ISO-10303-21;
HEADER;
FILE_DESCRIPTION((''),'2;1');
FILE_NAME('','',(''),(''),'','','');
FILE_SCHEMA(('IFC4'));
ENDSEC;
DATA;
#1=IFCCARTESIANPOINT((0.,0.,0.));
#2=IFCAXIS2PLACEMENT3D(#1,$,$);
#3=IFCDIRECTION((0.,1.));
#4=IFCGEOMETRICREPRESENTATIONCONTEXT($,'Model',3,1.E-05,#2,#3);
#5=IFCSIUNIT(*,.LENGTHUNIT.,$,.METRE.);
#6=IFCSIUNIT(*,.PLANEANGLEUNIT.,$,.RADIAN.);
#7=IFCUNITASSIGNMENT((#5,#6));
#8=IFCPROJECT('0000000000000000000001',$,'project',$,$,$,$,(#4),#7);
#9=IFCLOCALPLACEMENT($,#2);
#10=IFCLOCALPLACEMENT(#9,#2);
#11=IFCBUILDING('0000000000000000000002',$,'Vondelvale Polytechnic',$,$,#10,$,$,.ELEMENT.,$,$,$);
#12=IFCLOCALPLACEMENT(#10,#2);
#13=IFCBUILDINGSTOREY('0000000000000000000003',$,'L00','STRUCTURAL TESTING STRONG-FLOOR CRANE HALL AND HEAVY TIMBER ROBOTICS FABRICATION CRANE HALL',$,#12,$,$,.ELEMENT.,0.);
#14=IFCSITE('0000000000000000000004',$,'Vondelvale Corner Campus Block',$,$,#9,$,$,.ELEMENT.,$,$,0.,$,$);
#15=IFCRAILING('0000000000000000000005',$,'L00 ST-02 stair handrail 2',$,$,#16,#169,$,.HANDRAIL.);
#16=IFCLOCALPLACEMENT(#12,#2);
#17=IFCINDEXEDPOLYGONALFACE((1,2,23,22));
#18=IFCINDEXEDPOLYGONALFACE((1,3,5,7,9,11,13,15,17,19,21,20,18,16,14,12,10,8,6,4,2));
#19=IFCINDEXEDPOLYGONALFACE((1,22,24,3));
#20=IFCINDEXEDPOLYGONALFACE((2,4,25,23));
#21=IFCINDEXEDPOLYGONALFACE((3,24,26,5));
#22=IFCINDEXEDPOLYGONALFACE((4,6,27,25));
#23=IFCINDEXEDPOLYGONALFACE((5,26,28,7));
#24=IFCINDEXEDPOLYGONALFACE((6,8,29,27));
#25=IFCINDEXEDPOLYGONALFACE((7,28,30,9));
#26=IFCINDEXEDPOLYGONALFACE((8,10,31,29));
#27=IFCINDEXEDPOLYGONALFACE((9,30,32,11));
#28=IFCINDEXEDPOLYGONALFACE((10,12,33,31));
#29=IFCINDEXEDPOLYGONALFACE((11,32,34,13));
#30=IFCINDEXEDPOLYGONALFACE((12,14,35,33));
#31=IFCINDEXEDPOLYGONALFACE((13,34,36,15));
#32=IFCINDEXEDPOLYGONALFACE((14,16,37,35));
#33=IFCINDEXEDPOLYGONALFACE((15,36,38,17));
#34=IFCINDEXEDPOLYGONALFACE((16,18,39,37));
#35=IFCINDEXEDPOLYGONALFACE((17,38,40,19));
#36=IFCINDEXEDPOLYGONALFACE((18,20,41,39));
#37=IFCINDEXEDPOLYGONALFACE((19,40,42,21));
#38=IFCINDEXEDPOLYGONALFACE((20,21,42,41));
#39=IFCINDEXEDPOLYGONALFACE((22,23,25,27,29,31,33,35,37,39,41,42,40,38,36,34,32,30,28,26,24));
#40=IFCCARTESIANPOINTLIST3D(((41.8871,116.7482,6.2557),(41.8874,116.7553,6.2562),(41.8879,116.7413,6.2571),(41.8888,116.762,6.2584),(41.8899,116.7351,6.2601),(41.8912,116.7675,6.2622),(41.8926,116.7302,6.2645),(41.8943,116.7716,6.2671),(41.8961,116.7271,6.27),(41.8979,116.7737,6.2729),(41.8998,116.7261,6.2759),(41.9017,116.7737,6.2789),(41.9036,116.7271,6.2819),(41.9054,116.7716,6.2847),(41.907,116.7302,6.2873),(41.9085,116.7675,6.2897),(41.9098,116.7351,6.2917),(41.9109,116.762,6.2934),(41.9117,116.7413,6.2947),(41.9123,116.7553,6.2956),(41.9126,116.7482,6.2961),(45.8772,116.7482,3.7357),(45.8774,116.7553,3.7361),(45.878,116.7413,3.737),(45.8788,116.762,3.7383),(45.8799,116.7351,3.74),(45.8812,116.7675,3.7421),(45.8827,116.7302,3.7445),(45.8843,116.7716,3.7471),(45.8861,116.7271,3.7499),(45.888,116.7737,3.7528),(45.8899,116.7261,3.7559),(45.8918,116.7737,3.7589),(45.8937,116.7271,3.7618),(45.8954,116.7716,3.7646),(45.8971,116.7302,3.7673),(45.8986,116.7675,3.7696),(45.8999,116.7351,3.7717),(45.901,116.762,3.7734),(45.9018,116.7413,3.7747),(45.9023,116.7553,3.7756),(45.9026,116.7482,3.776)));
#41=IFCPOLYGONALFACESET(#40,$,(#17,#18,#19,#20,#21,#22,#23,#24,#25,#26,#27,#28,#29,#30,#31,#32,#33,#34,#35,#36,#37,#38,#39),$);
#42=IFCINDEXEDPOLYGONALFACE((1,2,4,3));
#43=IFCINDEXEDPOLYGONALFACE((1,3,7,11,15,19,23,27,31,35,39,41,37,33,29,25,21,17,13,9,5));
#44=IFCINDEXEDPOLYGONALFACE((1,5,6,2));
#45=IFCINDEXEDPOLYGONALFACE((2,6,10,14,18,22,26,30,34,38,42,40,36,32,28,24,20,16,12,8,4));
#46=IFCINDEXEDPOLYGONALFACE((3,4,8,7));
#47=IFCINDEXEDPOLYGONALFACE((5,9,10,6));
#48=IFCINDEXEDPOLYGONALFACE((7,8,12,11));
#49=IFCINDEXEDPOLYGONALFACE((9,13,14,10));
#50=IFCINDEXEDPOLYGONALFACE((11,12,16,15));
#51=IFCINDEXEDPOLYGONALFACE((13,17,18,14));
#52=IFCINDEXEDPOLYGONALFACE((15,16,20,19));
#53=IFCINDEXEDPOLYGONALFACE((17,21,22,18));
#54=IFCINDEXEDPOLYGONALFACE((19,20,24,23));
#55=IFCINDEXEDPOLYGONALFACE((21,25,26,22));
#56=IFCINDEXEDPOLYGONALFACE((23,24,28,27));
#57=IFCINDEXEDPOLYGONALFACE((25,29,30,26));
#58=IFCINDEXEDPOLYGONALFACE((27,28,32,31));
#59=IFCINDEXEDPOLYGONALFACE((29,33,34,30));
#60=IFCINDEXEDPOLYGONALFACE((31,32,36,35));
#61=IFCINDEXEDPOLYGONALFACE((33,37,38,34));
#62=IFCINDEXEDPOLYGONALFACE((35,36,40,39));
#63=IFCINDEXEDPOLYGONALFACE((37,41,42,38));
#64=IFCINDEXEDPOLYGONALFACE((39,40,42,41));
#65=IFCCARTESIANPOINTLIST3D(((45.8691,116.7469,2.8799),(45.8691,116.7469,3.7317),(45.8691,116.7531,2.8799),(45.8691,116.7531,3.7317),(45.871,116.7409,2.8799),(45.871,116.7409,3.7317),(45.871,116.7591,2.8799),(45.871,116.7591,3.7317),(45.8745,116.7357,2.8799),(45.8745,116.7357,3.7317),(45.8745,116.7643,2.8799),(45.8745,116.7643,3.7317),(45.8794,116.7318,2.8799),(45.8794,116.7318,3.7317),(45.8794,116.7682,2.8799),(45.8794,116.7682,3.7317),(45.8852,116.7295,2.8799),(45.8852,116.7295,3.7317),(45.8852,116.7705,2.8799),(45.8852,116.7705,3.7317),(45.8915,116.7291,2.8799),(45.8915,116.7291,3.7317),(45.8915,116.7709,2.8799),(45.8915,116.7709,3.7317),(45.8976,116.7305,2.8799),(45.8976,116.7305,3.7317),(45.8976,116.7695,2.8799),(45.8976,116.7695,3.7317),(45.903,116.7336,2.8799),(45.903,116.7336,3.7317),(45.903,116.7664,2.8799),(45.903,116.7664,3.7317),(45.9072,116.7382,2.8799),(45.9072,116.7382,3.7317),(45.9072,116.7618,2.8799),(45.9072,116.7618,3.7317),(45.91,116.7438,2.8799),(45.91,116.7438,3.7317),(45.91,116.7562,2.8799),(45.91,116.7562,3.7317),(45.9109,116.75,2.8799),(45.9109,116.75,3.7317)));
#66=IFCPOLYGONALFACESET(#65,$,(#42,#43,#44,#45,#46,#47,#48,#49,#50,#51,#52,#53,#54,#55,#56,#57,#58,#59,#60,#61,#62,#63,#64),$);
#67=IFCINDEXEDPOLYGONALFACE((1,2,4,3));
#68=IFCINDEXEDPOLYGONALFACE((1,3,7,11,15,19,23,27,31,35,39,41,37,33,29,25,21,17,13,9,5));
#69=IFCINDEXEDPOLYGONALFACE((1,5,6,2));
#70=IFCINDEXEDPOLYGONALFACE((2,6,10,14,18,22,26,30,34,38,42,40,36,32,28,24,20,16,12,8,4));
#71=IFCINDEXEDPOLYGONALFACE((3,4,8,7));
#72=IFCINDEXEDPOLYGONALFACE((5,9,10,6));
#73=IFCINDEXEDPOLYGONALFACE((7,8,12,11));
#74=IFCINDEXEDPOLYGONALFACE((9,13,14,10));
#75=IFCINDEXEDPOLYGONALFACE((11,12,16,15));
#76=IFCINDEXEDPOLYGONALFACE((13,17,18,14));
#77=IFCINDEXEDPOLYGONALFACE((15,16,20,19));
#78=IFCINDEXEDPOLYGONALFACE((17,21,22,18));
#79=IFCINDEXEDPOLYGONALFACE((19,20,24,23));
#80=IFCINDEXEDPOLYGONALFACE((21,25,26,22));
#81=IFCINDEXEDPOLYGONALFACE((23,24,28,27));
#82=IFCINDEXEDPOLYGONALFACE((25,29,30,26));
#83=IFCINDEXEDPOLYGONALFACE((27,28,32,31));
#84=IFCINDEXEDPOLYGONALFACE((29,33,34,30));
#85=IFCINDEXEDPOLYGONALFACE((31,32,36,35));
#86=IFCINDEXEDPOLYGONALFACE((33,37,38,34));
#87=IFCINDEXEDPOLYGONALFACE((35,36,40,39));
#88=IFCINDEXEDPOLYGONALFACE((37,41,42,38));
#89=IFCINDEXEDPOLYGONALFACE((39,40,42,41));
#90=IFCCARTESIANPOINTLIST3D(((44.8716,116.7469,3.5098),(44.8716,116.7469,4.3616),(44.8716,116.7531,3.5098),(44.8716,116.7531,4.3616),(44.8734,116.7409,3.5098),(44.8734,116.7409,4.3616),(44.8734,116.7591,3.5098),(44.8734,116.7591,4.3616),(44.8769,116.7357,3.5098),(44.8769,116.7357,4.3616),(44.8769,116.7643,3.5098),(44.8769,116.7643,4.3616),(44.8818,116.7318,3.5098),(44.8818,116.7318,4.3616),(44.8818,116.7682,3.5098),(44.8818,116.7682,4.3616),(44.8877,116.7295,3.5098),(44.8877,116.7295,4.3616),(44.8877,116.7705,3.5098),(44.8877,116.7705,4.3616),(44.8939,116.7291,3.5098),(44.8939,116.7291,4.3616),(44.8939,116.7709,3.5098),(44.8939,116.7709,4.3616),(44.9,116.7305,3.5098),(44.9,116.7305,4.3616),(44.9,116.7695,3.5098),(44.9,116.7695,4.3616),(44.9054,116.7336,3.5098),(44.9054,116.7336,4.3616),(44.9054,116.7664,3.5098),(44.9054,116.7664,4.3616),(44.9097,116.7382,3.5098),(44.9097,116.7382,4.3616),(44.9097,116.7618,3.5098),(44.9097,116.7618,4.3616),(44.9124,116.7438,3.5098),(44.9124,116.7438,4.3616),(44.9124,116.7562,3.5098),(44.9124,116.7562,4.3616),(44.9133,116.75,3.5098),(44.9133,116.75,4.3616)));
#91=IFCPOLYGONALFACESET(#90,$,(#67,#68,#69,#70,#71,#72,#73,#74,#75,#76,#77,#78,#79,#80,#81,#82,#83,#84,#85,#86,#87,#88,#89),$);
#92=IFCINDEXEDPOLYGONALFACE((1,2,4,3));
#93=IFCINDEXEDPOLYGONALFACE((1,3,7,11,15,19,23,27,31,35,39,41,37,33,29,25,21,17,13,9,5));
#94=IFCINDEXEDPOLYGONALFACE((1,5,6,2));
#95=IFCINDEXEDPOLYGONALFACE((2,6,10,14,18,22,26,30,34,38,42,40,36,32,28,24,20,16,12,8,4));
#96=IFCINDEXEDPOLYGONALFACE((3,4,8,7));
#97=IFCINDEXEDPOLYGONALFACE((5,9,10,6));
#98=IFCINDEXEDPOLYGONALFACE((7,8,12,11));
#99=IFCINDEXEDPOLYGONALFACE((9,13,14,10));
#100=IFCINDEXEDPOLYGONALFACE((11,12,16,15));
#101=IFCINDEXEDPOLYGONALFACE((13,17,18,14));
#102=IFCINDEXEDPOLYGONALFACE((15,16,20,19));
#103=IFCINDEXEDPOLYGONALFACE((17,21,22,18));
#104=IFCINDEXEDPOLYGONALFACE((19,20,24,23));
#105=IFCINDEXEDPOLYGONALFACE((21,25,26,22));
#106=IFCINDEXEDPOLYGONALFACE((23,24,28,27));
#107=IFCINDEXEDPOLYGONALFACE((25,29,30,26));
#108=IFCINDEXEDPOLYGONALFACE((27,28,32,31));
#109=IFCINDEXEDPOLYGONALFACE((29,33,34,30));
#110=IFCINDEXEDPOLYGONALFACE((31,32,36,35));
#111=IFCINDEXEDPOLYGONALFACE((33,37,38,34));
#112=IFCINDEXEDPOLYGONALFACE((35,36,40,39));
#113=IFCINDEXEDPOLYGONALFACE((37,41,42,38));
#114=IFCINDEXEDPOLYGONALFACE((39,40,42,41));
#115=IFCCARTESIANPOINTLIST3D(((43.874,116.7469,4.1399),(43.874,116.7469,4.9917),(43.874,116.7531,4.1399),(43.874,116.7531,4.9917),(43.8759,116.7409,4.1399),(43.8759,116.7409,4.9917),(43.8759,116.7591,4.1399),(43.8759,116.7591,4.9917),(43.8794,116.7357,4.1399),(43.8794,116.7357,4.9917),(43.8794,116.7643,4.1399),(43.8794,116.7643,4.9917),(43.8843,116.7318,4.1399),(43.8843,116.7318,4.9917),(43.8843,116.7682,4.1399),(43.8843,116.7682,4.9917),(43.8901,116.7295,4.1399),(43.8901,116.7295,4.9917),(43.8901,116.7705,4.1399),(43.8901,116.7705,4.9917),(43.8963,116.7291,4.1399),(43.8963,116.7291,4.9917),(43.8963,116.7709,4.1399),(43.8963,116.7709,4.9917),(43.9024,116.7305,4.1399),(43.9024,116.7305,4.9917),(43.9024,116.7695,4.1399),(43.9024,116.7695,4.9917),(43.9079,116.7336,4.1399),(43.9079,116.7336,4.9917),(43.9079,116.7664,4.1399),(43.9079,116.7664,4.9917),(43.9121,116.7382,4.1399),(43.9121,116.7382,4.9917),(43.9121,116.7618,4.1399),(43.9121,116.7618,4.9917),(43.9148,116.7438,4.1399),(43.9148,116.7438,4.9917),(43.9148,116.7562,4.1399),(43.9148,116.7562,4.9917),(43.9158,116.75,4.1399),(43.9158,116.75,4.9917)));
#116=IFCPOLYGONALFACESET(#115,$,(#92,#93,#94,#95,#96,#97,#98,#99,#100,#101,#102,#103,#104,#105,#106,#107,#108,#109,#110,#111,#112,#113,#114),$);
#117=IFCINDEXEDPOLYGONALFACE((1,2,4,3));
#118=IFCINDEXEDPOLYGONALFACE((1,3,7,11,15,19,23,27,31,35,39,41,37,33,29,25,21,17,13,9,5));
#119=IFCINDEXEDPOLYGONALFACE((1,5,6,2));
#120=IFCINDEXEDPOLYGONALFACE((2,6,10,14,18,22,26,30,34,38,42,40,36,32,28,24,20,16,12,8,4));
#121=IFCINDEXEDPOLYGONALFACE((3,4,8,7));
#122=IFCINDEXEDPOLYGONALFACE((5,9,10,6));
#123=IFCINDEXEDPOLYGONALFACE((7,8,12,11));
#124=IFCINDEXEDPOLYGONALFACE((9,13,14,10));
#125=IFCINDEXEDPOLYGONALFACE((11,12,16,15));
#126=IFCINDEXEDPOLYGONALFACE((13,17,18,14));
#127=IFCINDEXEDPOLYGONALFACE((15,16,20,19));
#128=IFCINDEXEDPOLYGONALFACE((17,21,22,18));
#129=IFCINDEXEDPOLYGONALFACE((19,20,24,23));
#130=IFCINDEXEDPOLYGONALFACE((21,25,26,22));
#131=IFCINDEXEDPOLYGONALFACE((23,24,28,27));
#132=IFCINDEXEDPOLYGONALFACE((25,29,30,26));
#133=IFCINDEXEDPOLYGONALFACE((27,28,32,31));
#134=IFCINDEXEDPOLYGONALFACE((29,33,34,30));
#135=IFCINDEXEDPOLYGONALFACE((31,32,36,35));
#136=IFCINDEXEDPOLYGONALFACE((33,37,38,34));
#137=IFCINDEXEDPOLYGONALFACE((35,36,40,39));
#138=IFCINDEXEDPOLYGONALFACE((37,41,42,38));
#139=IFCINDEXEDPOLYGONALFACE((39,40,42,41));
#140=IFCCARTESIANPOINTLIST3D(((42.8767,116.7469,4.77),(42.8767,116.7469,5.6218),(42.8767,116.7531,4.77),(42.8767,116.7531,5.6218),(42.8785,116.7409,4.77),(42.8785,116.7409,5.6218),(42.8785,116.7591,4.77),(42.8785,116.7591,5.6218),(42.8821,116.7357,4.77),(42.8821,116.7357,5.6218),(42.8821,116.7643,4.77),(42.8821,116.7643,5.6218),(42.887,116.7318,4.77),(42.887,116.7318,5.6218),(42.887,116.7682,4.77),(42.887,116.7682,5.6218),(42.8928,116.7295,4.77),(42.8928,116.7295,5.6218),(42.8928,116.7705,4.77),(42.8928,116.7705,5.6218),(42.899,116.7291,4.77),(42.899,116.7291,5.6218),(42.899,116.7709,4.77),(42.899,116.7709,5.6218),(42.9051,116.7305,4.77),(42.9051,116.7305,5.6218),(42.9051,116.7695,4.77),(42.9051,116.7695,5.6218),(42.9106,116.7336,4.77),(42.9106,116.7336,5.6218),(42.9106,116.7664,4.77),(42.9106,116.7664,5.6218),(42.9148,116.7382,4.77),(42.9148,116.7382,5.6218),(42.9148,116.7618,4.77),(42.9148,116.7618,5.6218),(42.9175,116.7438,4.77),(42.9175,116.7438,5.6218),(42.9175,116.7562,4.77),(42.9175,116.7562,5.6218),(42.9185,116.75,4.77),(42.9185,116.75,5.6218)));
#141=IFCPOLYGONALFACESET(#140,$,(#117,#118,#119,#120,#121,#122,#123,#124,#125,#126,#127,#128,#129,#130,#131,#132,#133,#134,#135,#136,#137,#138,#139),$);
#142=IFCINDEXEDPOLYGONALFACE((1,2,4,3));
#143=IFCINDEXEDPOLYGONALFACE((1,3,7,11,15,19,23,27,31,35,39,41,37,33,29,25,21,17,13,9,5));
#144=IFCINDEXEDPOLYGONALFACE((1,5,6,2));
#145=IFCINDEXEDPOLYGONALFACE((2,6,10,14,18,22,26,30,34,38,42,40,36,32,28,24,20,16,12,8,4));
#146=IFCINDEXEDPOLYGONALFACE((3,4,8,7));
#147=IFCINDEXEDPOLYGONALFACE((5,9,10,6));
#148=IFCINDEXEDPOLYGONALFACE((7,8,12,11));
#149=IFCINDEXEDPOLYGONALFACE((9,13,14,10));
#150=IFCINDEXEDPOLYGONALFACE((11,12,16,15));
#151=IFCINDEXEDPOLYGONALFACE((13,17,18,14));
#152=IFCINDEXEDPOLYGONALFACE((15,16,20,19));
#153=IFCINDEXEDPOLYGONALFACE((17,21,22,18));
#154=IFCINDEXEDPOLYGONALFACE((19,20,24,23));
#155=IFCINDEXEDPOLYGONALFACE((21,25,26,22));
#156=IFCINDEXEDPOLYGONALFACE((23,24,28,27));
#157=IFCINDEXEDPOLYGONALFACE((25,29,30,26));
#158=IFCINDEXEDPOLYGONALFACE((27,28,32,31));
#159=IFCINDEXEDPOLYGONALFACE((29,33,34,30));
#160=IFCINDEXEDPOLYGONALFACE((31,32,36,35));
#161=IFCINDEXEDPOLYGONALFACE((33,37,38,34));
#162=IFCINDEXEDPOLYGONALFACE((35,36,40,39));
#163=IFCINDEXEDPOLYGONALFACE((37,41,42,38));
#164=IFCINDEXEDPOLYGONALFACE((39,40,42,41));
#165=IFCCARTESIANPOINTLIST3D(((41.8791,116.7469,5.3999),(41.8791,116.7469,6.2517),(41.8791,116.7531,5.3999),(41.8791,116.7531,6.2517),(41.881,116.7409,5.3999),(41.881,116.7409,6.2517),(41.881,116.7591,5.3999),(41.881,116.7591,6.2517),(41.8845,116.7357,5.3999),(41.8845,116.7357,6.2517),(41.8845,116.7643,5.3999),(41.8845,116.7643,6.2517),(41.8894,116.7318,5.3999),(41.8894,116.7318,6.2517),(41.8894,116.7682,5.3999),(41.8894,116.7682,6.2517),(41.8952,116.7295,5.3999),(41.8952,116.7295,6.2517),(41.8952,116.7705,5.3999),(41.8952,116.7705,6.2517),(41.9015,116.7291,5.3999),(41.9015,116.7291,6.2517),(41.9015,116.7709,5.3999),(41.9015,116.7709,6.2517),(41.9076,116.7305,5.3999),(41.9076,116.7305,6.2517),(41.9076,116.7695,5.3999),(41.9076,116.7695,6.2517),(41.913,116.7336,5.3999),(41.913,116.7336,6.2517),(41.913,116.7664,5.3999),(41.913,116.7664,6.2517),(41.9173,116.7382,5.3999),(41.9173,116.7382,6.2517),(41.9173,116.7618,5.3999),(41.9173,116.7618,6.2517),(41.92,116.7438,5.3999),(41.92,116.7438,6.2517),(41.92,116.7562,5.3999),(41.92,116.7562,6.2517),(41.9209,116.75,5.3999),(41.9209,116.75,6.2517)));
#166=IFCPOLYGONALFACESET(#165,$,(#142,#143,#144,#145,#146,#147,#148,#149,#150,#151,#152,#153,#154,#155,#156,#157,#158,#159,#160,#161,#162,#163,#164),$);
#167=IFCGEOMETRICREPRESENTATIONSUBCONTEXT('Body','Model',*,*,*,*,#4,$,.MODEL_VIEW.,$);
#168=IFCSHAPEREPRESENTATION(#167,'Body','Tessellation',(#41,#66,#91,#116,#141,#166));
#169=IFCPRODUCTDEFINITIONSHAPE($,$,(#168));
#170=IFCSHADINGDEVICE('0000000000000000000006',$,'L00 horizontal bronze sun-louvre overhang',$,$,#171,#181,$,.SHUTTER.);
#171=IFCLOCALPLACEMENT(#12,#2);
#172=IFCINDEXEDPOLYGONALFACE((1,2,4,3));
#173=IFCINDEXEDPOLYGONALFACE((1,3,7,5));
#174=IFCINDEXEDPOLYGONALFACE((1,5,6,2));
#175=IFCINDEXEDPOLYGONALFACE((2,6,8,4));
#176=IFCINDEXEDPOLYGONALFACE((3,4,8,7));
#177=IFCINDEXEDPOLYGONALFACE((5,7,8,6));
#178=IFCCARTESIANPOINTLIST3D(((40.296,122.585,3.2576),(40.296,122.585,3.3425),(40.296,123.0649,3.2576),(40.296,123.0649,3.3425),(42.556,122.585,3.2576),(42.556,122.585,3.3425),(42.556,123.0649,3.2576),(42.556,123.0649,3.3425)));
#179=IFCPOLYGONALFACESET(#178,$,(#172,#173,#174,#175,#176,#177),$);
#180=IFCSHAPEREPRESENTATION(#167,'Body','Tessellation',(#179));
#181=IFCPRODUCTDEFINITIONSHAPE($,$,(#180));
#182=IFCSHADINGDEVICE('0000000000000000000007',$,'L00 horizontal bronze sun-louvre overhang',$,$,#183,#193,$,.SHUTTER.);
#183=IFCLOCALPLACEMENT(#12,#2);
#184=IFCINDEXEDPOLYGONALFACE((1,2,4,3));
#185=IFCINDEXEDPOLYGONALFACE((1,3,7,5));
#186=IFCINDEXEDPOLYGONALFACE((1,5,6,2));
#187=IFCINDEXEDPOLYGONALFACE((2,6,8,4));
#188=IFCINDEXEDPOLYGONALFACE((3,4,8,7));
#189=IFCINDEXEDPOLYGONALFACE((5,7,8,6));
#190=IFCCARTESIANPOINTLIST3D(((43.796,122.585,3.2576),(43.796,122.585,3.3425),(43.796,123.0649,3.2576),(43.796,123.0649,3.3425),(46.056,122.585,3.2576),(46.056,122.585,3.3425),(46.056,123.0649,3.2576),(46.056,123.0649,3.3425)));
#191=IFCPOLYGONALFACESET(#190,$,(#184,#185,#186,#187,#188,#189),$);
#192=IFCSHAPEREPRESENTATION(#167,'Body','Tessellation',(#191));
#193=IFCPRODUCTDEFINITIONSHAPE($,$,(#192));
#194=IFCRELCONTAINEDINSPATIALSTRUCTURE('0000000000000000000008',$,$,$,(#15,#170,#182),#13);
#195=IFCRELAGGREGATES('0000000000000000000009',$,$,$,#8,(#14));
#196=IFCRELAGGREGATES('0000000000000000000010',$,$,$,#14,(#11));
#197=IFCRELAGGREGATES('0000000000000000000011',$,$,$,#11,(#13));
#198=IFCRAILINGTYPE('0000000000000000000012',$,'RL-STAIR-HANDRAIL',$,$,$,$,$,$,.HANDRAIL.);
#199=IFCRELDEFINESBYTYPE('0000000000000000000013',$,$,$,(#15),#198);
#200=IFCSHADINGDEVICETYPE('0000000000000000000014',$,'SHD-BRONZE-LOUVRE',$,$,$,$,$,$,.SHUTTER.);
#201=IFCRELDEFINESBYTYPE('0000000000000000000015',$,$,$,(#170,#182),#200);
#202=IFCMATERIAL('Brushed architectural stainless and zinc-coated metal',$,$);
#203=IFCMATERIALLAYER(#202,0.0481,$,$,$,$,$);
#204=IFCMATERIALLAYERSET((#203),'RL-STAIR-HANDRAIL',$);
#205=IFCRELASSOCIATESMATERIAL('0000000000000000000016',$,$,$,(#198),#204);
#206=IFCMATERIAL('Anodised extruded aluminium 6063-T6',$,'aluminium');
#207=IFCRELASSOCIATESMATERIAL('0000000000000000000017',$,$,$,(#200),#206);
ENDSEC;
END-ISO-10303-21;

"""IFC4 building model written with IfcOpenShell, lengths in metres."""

from ifc_helpers import new_model, si_unit, direction, frame, origin, origin_2d, place, context, subcontext, project, spatial, rectangle, circle, extrude, material, layer, layer_set, type_object, element, save


model = new_model("IFC4")

# Units and contexts
model_context = context("Model", 3, precision=1e-05, world=origin(), true_north=direction((0.0, 1.0)))
body_context = subcontext(model_context, "Body", "Model", "MODEL_VIEW")
ifc_project = project(units=[si_unit("LENGTHUNIT", "METRE"), si_unit("PLANEANGLEUNIT", "RADIAN")], contexts=[model_context])

# Site, building, storey
site_placement = place(None, origin())
site = spatial("IfcSite", under=ifc_project, at=site_placement, Name="Vondelvale Corner Campus Block", CompositionType="ELEMENT", RefElevation=0.0)
building_placement = place(site_placement, origin())
building = spatial("IfcBuilding", under=site, at=building_placement, Name="Vondelvale Polytechnic", CompositionType="ELEMENT")
storey_placement = place(building_placement, origin())
storey = spatial("IfcBuildingStorey", under=building, at=storey_placement, Name="L00", Description="STRUCTURAL TESTING STRONG-FLOOR CRANE HALL AND HEAVY TIMBER ROBOTICS FABRICATION CRANE HALL", CompositionType="ELEMENT", Elevation=0.0)

# Shared definitions
ifc_material_1 = material(Name="Brushed architectural stainless and zinc-coated metal")

# Railing
ifc_layer_1 = layer(ifc_material_1, 0.0481)
ifc_layer_set_1 = layer_set([ifc_layer_1], Name="RL-STAIR-HANDRAIL")
railing_type_1 = type_object("IfcRailingType", Name="RL-STAIR-HANDRAIL", PredefinedType="HANDRAIL", material=ifc_layer_set_1)
railing_1_placement = place(storey_placement, frame((45.8899, 116.75, 2.8799)))
element("IfcRailing", 1, at=railing_1_placement, inside=storey, type_object=railing_type_1, Name="L00 ST-02 stair handrail 2", PredefinedType="HANDRAIL", context=body_context, shape_type="SweptSolid", body=[
    extrude(circle(Radius=0.0239, at=origin_2d()), frame((0.0, 0.0, 0.876), z_axis=(-0.845486, 0.0, 0.533997), x_axis=(0.0, -1.0, 0.0)), (0.0, 0.0, 1.0), 4.7192),
    extrude(circle(Radius=0.021, at=origin_2d()), origin(), (0.0, 0.0, 1.0), 0.8518),
    extrude(circle(Radius=0.021, at=origin_2d()), frame((-0.9976, 0.0, 0.6299)), (0.0, 0.0, 1.0), 0.8518),
    extrude(circle(Radius=0.021, at=origin_2d()), frame((-1.9951, 0.0, 1.26)), (0.0, 0.0, 1.0), 0.8518),
    extrude(circle(Radius=0.021, at=origin_2d()), frame((-2.9924, 0.0, 1.8901)), (0.0, 0.0, 1.0), 0.8518),
    extrude(circle(Radius=0.021, at=origin_2d()), frame((-3.99, 0.0, 2.52)), (0.0, 0.0, 1.0), 0.8518),
])

# Shading devices
ifc_material_2 = material(Name="Anodised extruded aluminium 6063-T6", Category="aluminium")
shading_device_type = type_object("IfcShadingDeviceType", Name="SHD-BRONZE-LOUVRE", PredefinedType="SHUTTER", material=ifc_material_2)
for number, where, z_axis, x_axis, name in (
    (2, (41.426, 122.825, 3.2576), (0.0, 0.0, 1.0), (1.0, 0.0, 0.0), "L00 horizontal bronze sun-louvre overhang"),
    (3, (44.926, 122.825, 3.2576), (0.0, 0.0, 1.0), (1.0, 0.0, 0.0), "L00 horizontal bronze sun-louvre overhang"),
):
    element("IfcShadingDevice", number, at=place(storey_placement, frame(where, z_axis=z_axis, x_axis=x_axis)), inside=storey, type_object=shading_device_type, Name=name, PredefinedType="SHUTTER", context=body_context, shape_type="SweptSolid", body=[
        extrude(rectangle(XDim=2.26, YDim=0.48, at=origin_2d()), origin(), (0.0, 0.0, 1.0), 0.085),
    ])

save(model, "model.ifc")
